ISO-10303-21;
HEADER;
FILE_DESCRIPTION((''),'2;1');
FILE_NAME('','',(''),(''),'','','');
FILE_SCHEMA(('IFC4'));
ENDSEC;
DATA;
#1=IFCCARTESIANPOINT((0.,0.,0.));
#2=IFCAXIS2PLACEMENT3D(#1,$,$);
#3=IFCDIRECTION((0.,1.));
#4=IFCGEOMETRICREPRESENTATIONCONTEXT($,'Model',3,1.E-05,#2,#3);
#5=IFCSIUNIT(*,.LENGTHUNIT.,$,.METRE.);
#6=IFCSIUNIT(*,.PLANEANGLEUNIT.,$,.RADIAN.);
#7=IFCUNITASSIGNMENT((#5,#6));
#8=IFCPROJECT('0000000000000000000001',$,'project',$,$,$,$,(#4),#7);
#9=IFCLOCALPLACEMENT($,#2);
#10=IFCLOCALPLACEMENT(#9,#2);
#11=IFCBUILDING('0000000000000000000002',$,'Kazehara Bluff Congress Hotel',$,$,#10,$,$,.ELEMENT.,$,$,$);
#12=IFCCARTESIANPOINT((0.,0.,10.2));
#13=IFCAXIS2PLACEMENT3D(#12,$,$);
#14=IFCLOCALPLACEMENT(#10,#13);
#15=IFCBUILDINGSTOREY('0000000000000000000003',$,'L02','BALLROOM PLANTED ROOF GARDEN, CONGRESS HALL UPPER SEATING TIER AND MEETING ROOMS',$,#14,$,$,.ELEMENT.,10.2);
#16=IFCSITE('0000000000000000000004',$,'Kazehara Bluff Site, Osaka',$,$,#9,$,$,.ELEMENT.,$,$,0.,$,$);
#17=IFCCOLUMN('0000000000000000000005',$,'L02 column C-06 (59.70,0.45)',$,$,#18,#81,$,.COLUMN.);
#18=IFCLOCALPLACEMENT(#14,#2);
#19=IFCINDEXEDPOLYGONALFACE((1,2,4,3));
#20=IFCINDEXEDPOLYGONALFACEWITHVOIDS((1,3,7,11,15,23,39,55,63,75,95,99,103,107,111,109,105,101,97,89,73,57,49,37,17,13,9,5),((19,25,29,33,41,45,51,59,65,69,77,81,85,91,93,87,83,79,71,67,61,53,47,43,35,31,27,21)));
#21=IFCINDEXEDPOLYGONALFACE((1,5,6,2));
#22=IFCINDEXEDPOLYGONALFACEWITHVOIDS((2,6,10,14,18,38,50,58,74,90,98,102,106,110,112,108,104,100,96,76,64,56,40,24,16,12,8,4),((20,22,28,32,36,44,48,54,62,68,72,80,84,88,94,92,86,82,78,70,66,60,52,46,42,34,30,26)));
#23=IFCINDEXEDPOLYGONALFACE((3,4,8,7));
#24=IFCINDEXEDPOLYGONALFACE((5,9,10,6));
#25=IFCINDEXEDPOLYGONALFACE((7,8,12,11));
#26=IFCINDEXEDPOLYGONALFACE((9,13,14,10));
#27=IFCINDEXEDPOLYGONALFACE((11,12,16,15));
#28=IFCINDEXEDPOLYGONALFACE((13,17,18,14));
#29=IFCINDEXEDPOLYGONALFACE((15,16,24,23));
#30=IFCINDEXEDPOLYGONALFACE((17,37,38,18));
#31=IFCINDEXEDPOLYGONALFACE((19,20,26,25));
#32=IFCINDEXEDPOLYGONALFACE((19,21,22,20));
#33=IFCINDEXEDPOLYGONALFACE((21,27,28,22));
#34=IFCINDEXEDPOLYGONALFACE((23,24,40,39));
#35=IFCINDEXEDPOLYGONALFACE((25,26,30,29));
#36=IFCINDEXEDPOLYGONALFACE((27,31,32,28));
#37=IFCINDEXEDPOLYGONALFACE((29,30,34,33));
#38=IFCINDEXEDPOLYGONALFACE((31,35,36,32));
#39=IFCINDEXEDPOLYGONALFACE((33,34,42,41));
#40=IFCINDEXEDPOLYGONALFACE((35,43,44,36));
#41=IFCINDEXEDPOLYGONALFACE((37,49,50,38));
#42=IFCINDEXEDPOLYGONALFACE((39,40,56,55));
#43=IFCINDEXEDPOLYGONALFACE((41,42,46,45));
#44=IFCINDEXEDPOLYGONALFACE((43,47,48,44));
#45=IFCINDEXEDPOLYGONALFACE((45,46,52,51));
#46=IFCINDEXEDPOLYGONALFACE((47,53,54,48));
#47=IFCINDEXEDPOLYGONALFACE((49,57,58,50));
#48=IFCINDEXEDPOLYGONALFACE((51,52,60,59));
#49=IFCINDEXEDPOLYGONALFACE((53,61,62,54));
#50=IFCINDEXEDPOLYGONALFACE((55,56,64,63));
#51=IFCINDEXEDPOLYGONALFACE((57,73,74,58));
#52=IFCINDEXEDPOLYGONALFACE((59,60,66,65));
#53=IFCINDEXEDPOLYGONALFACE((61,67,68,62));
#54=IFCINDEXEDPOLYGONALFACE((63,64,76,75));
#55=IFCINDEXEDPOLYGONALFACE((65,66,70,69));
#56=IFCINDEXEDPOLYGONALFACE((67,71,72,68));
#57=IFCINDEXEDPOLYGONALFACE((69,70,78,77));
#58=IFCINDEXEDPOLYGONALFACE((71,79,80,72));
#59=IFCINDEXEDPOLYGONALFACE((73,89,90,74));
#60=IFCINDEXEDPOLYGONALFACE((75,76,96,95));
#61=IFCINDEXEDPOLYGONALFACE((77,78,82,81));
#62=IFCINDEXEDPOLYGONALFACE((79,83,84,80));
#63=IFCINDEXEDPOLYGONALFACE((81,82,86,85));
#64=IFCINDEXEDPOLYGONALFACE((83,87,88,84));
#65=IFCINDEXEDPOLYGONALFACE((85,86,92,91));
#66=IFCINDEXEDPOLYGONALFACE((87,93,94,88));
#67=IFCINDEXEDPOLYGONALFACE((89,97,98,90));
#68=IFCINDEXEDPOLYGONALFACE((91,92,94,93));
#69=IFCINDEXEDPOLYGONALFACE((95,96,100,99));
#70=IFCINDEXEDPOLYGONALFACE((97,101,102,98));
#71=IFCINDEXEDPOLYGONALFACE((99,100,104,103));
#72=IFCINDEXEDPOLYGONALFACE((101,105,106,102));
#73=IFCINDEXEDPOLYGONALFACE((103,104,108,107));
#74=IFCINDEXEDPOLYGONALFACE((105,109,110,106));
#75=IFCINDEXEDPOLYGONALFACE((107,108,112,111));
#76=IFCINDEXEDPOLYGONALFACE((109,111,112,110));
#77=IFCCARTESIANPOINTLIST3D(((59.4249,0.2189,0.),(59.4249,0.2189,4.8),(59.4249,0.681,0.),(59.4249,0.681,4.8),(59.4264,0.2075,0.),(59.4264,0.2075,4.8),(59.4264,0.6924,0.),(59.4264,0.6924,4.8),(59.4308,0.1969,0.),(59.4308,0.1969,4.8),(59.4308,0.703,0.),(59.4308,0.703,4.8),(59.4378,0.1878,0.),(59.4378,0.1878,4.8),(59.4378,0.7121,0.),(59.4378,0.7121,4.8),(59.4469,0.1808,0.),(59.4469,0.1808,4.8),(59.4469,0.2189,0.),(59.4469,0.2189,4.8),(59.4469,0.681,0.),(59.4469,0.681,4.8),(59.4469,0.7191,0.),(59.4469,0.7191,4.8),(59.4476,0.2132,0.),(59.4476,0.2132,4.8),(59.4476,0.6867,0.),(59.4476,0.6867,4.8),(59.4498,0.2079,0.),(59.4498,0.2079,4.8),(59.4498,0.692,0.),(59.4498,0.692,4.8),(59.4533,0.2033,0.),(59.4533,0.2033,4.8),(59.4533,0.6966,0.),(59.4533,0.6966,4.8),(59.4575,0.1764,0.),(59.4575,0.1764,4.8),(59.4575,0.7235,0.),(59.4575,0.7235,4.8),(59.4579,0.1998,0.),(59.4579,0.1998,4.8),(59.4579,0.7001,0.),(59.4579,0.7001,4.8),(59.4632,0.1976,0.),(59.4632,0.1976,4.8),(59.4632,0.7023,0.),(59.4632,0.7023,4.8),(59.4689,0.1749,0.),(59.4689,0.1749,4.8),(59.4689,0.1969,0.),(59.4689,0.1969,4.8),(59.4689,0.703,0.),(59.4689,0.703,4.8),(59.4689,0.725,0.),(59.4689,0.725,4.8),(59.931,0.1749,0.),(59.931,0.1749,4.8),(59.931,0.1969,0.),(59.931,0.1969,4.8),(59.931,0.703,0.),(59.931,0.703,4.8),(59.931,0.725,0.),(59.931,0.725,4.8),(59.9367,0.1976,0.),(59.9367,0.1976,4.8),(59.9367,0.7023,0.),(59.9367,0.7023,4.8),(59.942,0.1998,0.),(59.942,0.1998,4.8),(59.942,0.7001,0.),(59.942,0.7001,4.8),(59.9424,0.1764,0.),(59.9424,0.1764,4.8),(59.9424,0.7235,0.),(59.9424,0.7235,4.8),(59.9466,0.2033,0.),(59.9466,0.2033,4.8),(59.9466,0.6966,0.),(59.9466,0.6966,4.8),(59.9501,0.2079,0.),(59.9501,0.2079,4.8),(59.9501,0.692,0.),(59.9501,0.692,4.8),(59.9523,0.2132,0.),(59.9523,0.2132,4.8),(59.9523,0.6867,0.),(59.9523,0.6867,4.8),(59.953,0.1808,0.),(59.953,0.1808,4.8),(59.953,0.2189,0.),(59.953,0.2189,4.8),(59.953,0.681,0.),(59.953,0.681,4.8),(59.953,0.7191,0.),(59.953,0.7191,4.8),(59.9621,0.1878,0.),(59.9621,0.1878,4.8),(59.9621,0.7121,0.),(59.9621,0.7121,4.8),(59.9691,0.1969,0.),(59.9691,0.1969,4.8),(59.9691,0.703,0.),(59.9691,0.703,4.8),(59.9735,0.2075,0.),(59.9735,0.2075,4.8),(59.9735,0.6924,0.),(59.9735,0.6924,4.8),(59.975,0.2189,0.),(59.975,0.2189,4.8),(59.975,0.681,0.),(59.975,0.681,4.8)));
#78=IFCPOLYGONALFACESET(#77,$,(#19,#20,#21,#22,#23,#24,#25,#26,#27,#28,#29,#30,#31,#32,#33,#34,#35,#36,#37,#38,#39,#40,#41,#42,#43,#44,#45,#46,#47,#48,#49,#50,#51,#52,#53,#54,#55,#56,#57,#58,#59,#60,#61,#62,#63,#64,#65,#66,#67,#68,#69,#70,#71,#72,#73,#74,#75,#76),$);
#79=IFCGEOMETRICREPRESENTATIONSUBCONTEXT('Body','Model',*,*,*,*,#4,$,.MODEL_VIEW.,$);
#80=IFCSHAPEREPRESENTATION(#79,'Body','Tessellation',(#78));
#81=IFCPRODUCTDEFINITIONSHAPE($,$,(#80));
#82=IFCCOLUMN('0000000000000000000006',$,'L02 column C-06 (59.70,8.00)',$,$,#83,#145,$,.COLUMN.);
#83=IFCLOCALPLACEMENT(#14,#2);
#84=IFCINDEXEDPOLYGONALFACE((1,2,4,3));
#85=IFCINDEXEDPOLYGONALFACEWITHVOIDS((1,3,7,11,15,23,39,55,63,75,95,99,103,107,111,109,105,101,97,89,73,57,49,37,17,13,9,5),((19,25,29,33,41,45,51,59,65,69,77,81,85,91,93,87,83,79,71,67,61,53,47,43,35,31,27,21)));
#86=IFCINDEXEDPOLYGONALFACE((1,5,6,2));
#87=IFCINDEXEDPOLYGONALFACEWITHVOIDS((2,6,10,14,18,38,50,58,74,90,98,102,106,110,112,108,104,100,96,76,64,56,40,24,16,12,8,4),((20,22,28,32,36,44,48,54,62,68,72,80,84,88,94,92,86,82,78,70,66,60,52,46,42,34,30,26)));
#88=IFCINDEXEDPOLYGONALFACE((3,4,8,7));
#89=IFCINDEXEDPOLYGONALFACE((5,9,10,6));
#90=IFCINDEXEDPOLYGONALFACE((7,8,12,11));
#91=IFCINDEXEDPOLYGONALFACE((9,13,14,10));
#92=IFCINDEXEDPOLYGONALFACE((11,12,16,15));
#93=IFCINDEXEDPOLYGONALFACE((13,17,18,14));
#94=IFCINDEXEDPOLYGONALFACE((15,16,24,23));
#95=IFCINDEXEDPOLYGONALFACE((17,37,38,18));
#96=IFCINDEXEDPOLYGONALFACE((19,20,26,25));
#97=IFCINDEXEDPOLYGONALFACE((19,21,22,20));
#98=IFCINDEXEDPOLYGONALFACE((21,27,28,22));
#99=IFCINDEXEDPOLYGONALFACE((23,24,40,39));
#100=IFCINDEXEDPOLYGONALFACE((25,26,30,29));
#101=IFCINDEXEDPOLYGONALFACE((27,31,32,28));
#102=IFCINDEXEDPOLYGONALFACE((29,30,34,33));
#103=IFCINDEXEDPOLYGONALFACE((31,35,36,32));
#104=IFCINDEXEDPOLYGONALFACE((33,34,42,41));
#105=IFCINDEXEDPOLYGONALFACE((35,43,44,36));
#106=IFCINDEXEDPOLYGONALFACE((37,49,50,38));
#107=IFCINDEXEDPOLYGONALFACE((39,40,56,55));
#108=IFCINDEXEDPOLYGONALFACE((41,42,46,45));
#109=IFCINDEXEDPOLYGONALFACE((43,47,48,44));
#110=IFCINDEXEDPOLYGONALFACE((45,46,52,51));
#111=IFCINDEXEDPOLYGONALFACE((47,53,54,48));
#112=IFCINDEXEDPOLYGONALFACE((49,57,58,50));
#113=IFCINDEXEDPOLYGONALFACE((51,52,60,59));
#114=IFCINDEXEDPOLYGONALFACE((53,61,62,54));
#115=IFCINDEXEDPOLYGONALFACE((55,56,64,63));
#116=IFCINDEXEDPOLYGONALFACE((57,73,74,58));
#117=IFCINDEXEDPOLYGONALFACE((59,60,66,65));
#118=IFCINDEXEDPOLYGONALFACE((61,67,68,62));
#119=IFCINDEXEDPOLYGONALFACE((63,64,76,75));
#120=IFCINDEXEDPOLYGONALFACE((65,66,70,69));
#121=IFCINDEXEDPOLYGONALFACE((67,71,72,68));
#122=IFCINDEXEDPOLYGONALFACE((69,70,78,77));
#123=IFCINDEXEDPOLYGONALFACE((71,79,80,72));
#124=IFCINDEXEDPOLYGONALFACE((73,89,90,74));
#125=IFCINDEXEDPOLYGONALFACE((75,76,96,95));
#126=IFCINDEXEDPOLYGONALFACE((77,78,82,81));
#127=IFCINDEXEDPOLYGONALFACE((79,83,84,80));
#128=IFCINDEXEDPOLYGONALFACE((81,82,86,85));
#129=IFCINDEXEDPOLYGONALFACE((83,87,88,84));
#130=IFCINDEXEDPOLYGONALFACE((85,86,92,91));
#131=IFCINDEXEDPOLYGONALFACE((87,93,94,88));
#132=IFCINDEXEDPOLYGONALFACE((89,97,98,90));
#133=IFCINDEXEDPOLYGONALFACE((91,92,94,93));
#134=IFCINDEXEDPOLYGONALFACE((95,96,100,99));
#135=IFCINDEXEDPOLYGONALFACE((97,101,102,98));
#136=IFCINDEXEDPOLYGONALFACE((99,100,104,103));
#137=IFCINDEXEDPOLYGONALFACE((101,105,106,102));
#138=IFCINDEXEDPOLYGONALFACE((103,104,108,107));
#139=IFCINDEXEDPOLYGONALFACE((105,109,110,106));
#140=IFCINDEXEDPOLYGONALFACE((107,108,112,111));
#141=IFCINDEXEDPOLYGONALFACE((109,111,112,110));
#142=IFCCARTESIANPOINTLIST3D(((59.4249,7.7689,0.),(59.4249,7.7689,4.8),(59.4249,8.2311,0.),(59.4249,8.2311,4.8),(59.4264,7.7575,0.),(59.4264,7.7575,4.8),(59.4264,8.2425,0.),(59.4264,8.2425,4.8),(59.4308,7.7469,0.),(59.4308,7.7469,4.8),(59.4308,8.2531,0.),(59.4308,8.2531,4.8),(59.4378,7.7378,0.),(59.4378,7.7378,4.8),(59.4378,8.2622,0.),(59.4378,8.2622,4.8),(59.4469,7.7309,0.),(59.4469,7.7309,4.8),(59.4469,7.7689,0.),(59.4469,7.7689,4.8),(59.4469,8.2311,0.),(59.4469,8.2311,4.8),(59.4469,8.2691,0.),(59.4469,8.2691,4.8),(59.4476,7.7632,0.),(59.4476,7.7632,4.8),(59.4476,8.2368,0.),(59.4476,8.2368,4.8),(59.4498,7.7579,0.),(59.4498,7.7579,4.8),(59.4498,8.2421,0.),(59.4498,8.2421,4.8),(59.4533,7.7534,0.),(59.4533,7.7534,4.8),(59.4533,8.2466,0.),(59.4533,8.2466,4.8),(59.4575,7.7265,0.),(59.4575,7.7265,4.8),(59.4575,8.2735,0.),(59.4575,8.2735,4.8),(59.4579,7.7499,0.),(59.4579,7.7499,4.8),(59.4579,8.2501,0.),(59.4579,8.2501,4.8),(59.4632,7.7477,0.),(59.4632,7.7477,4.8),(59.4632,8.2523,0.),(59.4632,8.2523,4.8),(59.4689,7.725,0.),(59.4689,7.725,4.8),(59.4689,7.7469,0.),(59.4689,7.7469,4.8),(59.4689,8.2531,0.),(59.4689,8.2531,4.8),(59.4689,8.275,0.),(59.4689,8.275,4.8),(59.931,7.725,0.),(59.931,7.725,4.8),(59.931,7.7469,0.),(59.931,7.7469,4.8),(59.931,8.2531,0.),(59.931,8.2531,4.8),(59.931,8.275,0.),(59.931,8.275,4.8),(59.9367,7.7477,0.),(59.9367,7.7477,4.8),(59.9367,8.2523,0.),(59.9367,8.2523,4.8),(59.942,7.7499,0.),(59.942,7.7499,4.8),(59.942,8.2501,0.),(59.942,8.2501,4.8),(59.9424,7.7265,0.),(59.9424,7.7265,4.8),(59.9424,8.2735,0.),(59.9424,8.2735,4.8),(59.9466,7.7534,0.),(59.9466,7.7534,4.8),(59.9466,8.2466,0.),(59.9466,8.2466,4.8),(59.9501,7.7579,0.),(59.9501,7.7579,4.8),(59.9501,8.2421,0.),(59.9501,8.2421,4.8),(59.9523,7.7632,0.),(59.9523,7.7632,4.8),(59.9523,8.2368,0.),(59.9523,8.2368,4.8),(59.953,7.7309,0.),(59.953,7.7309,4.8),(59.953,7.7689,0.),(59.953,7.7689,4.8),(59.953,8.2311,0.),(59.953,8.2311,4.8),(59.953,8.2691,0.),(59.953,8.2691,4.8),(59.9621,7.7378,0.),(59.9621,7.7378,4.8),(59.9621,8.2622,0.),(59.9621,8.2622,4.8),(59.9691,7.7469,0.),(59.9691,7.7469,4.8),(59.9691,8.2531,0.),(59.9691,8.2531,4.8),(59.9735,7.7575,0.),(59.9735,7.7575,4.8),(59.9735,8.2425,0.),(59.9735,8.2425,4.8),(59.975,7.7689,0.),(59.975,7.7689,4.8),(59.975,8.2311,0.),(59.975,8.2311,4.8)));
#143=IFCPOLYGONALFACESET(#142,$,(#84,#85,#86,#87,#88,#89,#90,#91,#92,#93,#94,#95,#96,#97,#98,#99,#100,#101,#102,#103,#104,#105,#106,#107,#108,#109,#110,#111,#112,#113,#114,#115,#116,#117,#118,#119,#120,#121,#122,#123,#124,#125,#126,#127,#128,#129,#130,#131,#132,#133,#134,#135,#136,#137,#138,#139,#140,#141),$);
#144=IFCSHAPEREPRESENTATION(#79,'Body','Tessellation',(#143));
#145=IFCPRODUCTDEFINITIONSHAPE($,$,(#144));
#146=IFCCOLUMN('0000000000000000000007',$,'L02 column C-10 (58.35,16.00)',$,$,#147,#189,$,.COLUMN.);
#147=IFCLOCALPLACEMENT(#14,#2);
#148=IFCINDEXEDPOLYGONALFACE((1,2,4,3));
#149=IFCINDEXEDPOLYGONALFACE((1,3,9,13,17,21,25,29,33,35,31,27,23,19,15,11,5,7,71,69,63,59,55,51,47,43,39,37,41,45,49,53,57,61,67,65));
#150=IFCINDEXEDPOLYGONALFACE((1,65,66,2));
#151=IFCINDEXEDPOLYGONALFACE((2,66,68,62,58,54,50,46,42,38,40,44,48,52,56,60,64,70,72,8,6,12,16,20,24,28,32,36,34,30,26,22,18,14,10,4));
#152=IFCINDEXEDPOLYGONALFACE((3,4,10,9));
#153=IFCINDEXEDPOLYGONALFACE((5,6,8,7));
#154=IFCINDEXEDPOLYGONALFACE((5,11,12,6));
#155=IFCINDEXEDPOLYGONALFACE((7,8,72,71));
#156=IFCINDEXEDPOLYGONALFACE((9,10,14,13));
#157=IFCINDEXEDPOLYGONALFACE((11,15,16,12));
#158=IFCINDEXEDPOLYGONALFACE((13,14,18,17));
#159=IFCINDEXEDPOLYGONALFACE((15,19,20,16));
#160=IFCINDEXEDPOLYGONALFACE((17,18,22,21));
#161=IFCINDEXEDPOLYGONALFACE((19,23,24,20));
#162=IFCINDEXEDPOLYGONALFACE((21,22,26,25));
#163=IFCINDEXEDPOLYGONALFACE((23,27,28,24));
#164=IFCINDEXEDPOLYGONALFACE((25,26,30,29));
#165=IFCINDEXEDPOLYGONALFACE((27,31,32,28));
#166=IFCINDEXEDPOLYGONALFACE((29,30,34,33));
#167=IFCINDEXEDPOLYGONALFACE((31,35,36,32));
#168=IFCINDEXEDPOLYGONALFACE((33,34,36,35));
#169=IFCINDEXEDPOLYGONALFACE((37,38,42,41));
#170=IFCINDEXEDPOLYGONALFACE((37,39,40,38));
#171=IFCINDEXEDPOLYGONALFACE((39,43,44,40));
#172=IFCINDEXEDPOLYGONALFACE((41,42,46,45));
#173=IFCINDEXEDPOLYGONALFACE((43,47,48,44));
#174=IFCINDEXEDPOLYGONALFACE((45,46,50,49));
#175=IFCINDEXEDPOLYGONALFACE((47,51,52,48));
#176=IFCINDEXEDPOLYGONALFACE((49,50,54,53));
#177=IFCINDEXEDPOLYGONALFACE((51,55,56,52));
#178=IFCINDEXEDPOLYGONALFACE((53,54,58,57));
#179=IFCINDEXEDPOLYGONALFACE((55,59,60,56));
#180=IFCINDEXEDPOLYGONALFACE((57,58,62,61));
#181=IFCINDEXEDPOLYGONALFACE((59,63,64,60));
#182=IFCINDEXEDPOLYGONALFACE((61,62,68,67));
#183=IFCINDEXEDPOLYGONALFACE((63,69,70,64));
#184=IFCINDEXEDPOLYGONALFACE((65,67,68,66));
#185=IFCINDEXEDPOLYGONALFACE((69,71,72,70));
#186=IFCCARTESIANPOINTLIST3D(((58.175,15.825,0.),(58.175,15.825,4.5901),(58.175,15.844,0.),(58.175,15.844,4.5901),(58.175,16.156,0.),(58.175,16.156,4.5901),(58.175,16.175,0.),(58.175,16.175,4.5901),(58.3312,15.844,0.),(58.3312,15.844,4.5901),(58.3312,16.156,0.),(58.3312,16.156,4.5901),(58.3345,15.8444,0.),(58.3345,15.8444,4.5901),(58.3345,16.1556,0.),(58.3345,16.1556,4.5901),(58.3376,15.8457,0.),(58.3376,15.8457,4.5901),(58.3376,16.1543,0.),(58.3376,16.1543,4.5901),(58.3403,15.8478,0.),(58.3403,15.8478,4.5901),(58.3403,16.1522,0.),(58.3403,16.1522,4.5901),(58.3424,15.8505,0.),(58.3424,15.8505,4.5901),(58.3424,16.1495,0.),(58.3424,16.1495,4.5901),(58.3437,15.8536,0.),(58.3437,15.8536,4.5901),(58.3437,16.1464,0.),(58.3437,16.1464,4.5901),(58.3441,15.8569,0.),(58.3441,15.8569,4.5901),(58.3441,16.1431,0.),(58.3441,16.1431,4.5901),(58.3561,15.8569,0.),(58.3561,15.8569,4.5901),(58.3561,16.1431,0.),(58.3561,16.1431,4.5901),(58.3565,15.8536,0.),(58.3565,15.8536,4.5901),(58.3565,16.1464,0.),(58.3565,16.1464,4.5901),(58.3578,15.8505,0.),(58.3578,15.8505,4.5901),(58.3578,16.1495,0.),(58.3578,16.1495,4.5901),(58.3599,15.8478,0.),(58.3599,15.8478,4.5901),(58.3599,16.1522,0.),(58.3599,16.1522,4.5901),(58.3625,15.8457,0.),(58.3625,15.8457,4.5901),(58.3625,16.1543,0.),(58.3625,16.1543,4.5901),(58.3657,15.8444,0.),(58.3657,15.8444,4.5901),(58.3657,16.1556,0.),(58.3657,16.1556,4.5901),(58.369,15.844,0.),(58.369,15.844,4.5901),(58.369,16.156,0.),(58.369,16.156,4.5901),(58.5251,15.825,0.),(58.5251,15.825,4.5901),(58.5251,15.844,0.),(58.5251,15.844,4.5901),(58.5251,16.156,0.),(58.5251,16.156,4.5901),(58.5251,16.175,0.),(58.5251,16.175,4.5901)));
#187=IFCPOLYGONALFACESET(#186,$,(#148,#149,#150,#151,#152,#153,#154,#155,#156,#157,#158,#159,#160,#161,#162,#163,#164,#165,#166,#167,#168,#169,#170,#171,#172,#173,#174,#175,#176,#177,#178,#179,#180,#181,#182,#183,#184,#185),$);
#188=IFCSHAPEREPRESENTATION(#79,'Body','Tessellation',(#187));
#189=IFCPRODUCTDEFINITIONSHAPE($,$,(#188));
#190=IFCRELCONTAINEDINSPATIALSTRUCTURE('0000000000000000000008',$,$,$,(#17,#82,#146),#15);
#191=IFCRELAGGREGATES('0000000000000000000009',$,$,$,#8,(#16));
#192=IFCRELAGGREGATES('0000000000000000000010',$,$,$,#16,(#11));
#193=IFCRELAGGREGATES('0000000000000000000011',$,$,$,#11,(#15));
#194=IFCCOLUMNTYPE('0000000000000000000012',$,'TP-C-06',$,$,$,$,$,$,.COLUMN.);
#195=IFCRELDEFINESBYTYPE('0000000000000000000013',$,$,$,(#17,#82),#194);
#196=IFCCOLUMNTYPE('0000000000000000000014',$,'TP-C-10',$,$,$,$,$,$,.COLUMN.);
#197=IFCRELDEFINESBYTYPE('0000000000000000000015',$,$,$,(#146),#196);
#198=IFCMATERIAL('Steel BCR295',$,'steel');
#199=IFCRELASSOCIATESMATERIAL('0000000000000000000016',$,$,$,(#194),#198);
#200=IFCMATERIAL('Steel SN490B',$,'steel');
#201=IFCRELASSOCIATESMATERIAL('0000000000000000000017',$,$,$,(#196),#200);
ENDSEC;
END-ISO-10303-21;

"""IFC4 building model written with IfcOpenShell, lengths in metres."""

from ifc_helpers import new_model, si_unit, direction, frame, origin, origin_2d, place, context, subcontext, project, spatial, hollow_rectangle, i_section, extrude, material, material_profile, profile_set, type_object, element, save


model = new_model("IFC4")

# Units and contexts
model_context = context("Model", 3, precision=1e-05, world=origin(), true_north=direction((0.0, 1.0)))
body_context = subcontext(model_context, "Body", "Model", "MODEL_VIEW")
ifc_project = project(units=[si_unit("LENGTHUNIT", "METRE"), si_unit("PLANEANGLEUNIT", "RADIAN")], contexts=[model_context])

# Site, building, storey
site_placement = place(None, origin())
site = spatial("IfcSite", under=ifc_project, at=site_placement, Name="Kazehara Bluff Site, Osaka", CompositionType="ELEMENT", RefElevation=0.0)
building_placement = place(site_placement, origin())
building = spatial("IfcBuilding", under=site, at=building_placement, Name="Kazehara Bluff Congress Hotel", CompositionType="ELEMENT")
storey_placement = place(building_placement, frame((0.0, 0.0, 10.2)))
storey = spatial("IfcBuildingStorey", under=building, at=storey_placement, Name="L02", Description="BALLROOM PLANTED ROOF GARDEN, CONGRESS HALL UPPER SEATING TIER AND MEETING ROOMS", CompositionType="ELEMENT", Elevation=10.2)

# Columns
ifc_material_1 = material(Name="Steel BCR295", Category="steel")
ifc_material_profile_1 = material_profile(ifc_material_1, hollow_rectangle(XDim=0.55, YDim=0.55, WallThickness=0.022, InnerFilletRadius=0.022, OuterFilletRadius=0.0439, at=origin_2d()))
ifc_profile_set_1 = profile_set([ifc_material_profile_1], Name="Steel BCR295")
column_type_1 = type_object("IfcColumnType", Name="TP-C-06", PredefinedType="COLUMN", material=ifc_profile_set_1)
for number, where, z_axis, x_axis, name in (
    (1, (59.7, 0.45, 0.0), (0.0, 0.0, 1.0), (1.0, 0.0, 0.0), "L02 column C-06 (59.70,0.45)"),
    (2, (59.7, 8.0, 0.0), (0.0, 0.0, 1.0), (1.0, 0.0, 0.0), "L02 column C-06 (59.70,8.00)"),
):
    element("IfcColumn", number, at=place(storey_placement, frame(where, z_axis=z_axis, x_axis=x_axis)), inside=storey, type_object=column_type_1, Name=name, PredefinedType="COLUMN", context=body_context, shape_type="SweptSolid", body=[
        extrude(hollow_rectangle(XDim=0.55, YDim=0.55, WallThickness=0.022, InnerFilletRadius=0.022, OuterFilletRadius=0.0439, at=origin_2d()), origin(), (0.0, 0.0, 1.0), 4.8),
    ])
ifc_material_2 = material(Name="Steel SN490B", Category="steel")
ifc_material_profile_2 = material_profile(ifc_material_2, i_section(OverallWidth=0.3501, OverallDepth=0.3501, WebThickness=0.012, FlangeThickness=0.019, FilletRadius=0.0129, at=origin_2d()))
ifc_profile_set_2 = profile_set([ifc_material_profile_2], Name="Steel SN490B")
column_type_2 = type_object("IfcColumnType", Name="TP-C-10", PredefinedType="COLUMN", material=ifc_profile_set_2)
column_placement = place(storey_placement, frame((58.3501, 16.0, 0.0), z_axis=(0.0, 0.0, 1.0), x_axis=(1.0, 0.0, 0.0)))
element("IfcColumn", 3, at=column_placement, inside=storey, type_object=column_type_2, Name="L02 column C-10 (58.35,16.00)", PredefinedType="COLUMN", context=body_context, shape_type="SweptSolid", body=[
    extrude(i_section(OverallWidth=0.3501, OverallDepth=0.3501, WebThickness=0.012, FlangeThickness=0.019, FilletRadius=0.0129, at=origin_2d()), origin(), (0.0, 0.0, 1.0), 4.5901),
])

save(model, "model.ifc")
